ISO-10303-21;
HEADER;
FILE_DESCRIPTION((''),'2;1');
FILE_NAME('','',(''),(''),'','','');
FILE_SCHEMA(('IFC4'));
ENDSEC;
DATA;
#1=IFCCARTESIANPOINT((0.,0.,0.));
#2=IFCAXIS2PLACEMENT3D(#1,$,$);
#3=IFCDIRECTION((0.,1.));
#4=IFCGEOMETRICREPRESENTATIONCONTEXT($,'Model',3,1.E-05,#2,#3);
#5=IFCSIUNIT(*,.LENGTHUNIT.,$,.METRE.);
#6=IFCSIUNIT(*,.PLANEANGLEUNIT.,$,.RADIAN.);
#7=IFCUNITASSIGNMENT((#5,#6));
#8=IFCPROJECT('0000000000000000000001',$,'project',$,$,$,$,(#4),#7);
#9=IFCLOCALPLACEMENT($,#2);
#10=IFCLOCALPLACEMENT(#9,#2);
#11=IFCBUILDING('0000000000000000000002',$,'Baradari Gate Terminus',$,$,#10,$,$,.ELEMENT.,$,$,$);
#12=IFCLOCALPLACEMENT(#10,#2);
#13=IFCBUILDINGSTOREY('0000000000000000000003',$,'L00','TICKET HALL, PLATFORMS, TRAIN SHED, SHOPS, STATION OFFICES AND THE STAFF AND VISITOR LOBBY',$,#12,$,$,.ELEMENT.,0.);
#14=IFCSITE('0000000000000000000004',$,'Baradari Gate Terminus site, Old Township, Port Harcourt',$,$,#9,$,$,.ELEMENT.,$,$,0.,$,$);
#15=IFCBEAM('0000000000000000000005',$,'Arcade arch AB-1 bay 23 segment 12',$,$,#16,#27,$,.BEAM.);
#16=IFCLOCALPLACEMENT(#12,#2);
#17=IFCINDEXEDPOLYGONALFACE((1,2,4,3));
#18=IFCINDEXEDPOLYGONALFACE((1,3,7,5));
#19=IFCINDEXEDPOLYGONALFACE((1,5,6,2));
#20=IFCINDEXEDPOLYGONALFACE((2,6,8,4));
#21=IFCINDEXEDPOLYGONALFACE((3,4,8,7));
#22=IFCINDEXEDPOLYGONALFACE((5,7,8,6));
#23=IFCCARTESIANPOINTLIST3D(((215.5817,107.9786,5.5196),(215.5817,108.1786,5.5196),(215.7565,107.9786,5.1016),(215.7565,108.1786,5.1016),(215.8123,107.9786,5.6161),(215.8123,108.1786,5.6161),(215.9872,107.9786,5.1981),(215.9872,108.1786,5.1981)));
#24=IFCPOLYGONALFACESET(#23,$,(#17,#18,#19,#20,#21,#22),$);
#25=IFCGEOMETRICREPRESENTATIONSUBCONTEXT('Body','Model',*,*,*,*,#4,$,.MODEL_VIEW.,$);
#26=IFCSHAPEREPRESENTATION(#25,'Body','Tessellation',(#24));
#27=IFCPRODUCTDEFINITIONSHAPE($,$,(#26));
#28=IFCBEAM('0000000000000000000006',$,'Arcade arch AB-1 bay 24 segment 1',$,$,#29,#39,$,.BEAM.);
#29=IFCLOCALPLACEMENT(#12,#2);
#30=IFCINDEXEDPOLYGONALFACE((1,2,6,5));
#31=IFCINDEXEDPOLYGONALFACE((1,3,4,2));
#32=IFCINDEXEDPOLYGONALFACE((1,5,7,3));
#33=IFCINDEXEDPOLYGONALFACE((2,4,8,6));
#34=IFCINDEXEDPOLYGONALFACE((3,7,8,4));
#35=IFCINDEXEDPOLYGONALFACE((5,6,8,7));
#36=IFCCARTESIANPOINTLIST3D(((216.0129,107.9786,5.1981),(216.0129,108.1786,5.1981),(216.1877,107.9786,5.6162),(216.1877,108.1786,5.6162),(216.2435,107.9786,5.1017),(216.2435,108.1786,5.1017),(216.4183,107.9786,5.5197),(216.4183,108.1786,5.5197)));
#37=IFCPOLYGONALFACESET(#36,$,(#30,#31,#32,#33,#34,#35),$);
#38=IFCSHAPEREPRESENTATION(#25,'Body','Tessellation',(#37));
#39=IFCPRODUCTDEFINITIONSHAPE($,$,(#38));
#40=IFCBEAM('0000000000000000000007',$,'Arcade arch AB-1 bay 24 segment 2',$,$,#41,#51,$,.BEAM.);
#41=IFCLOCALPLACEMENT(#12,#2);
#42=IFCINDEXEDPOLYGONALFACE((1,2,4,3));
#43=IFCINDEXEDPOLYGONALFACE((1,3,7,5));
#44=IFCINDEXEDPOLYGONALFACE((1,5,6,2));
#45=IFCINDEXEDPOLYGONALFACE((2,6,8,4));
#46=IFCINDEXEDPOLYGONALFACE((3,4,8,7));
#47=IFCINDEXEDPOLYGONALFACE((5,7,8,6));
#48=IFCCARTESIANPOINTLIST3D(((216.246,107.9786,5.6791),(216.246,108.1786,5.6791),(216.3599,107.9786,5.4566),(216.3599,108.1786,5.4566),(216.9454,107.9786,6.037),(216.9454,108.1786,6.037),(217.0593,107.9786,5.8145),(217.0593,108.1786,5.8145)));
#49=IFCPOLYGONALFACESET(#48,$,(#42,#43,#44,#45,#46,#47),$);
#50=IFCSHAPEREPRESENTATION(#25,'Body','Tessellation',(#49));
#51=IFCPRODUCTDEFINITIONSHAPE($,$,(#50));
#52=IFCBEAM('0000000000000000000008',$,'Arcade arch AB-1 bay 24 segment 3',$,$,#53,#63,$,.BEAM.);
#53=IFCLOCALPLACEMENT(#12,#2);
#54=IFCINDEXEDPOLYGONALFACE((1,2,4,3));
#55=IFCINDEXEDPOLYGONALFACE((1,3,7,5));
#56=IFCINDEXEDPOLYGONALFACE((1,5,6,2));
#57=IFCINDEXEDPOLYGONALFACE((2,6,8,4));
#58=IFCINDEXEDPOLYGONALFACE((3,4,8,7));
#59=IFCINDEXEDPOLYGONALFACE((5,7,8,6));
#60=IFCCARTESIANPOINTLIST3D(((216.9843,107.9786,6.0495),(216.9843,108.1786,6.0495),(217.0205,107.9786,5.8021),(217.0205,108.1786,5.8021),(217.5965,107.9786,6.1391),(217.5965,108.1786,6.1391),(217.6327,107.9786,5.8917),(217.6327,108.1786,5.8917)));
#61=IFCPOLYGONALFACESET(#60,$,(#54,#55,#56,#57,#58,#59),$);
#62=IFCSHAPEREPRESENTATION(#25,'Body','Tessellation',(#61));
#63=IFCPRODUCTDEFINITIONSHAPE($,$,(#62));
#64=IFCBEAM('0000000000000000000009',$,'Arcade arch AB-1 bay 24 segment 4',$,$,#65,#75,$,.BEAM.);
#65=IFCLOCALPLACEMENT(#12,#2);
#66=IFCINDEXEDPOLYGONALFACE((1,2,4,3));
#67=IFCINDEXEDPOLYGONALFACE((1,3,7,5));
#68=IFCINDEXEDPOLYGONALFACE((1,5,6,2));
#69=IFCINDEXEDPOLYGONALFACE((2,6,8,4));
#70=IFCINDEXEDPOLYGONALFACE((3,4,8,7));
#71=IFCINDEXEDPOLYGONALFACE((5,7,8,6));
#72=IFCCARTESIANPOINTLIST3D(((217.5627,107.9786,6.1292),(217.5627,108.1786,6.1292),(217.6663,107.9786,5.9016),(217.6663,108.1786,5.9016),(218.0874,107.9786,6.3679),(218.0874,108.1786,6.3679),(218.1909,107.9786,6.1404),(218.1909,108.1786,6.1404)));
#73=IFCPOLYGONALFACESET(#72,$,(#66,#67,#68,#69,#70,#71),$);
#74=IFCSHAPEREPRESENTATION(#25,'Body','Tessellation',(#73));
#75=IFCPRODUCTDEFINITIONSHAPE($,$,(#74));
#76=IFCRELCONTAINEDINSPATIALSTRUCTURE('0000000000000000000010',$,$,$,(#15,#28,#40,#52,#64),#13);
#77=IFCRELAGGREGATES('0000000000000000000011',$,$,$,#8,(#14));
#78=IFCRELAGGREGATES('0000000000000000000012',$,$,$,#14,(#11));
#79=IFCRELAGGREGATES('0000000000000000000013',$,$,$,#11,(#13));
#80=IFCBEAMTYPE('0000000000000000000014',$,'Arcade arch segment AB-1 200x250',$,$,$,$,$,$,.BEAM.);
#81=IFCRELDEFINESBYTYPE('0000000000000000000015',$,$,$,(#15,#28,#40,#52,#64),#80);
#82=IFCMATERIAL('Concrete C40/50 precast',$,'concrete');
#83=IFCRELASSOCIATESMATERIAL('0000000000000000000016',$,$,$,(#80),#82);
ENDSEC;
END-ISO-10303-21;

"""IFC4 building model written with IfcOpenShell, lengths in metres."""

from ifc_helpers import new_model, si_unit, direction, frame, origin, origin_2d, place, context, subcontext, project, spatial, rectangle, extrude, material, material_profile, profile_set, type_object, element, save


model = new_model("IFC4")

# Units and contexts
model_context = context("Model", 3, precision=1e-05, world=origin(), true_north=direction((0.0, 1.0)))
body_context = subcontext(model_context, "Body", "Model", "MODEL_VIEW")
ifc_project = project(units=[si_unit("LENGTHUNIT", "METRE"), si_unit("PLANEANGLEUNIT", "RADIAN")], contexts=[model_context])

# Site, building, storey
site_placement = place(None, origin())
site = spatial("IfcSite", under=ifc_project, at=site_placement, Name="Baradari Gate Terminus site, Old Township, Port Harcourt", CompositionType="ELEMENT", RefElevation=0.0)
building_placement = place(site_placement, origin())
building = spatial("IfcBuilding", under=site, at=building_placement, Name="Baradari Gate Terminus", CompositionType="ELEMENT")
storey_placement = place(building_placement, origin())
storey = spatial("IfcBuildingStorey", under=building, at=storey_placement, Name="L00", Description="TICKET HALL, PLATFORMS, TRAIN SHED, SHOPS, STATION OFFICES AND THE STAFF AND VISITOR LOBBY", CompositionType="ELEMENT", Elevation=0.0)

# Beams
ifc_material_1 = material(Name="Concrete C40/50 precast", Category="concrete")
ifc_material_profile_1 = material_profile(ifc_material_1, rectangle(XDim=0.2, YDim=0.25, at=origin_2d()), Name="AB-1 200X250")
ifc_profile_set_1 = profile_set([ifc_material_profile_1], Name="Concrete C40/50 precast")
beam_type = type_object("IfcBeamType", Name="Arcade arch segment AB-1 200x250", PredefinedType="BEAM", material=ifc_profile_set_1)
for number, where, z_axis, x_axis, name in (
    (1, (215.697, 108.0786, 5.5679), (0.385839, 0.0, -0.922566), (0.0, 1.0, 0.0), "Arcade arch AB-1 bay 23 segment 12"),
    (2, (216.1282, 108.0786, 5.1499), (0.385839, 0.0, 0.922566), (0.0, 1.0, 0.0), "Arcade arch AB-1 bay 24 segment 1"),
):
    element("IfcBeam", number, at=place(storey_placement, frame(where, z_axis=z_axis, x_axis=x_axis)), inside=storey, type_object=beam_type, Name=name, PredefinedType="BEAM", context=body_context, shape_type="SweptSolid", body=[
        extrude(rectangle(XDim=0.2, YDim=0.25, at=origin_2d()), origin(), (0.0, 0.0, 1.0), 0.4531),
    ])
beam_1_placement = place(storey_placement, frame((216.303, 108.0786, 5.5679), z_axis=(0.890225, 0.0, 0.455522), x_axis=(0.0, 1.0, 0.0)))
element("IfcBeam", 3, at=beam_1_placement, inside=storey, type_object=beam_type, Name="Arcade arch AB-1 bay 24 segment 2", PredefinedType="BEAM", context=body_context, shape_type="SweptSolid", body=[
    extrude(rectangle(XDim=0.2, YDim=0.25, at=origin_2d()), origin(), (0.0, 0.0, 1.0), 0.7856),
])
beam_2_placement = place(storey_placement, frame((217.0024, 108.0786, 5.9258), z_axis=(0.989454, 0.0, 0.144846), x_axis=(0.0, 1.0, 0.0)))
element("IfcBeam", 4, at=beam_2_placement, inside=storey, type_object=beam_type, Name="Arcade arch AB-1 bay 24 segment 3", PredefinedType="BEAM", context=body_context, shape_type="SweptSolid", body=[
    extrude(rectangle(XDim=0.2, YDim=0.25, at=origin_2d()), origin(), (0.0, 0.0, 1.0), 0.6187),
])
beam_3_placement = place(storey_placement, frame((217.6145, 108.0786, 6.0154), z_axis=(0.910178, 0.0, 0.414218), x_axis=(0.0, 1.0, 0.0)))
element("IfcBeam", 5, at=beam_3_placement, inside=storey, type_object=beam_type, Name="Arcade arch AB-1 bay 24 segment 4", PredefinedType="BEAM", context=body_context, shape_type="SweptSolid", body=[
    extrude(rectangle(XDim=0.2, YDim=0.25, at=origin_2d()), origin(), (0.0, 0.0, 1.0), 0.5764),
])

save(model, "model.ifc")
